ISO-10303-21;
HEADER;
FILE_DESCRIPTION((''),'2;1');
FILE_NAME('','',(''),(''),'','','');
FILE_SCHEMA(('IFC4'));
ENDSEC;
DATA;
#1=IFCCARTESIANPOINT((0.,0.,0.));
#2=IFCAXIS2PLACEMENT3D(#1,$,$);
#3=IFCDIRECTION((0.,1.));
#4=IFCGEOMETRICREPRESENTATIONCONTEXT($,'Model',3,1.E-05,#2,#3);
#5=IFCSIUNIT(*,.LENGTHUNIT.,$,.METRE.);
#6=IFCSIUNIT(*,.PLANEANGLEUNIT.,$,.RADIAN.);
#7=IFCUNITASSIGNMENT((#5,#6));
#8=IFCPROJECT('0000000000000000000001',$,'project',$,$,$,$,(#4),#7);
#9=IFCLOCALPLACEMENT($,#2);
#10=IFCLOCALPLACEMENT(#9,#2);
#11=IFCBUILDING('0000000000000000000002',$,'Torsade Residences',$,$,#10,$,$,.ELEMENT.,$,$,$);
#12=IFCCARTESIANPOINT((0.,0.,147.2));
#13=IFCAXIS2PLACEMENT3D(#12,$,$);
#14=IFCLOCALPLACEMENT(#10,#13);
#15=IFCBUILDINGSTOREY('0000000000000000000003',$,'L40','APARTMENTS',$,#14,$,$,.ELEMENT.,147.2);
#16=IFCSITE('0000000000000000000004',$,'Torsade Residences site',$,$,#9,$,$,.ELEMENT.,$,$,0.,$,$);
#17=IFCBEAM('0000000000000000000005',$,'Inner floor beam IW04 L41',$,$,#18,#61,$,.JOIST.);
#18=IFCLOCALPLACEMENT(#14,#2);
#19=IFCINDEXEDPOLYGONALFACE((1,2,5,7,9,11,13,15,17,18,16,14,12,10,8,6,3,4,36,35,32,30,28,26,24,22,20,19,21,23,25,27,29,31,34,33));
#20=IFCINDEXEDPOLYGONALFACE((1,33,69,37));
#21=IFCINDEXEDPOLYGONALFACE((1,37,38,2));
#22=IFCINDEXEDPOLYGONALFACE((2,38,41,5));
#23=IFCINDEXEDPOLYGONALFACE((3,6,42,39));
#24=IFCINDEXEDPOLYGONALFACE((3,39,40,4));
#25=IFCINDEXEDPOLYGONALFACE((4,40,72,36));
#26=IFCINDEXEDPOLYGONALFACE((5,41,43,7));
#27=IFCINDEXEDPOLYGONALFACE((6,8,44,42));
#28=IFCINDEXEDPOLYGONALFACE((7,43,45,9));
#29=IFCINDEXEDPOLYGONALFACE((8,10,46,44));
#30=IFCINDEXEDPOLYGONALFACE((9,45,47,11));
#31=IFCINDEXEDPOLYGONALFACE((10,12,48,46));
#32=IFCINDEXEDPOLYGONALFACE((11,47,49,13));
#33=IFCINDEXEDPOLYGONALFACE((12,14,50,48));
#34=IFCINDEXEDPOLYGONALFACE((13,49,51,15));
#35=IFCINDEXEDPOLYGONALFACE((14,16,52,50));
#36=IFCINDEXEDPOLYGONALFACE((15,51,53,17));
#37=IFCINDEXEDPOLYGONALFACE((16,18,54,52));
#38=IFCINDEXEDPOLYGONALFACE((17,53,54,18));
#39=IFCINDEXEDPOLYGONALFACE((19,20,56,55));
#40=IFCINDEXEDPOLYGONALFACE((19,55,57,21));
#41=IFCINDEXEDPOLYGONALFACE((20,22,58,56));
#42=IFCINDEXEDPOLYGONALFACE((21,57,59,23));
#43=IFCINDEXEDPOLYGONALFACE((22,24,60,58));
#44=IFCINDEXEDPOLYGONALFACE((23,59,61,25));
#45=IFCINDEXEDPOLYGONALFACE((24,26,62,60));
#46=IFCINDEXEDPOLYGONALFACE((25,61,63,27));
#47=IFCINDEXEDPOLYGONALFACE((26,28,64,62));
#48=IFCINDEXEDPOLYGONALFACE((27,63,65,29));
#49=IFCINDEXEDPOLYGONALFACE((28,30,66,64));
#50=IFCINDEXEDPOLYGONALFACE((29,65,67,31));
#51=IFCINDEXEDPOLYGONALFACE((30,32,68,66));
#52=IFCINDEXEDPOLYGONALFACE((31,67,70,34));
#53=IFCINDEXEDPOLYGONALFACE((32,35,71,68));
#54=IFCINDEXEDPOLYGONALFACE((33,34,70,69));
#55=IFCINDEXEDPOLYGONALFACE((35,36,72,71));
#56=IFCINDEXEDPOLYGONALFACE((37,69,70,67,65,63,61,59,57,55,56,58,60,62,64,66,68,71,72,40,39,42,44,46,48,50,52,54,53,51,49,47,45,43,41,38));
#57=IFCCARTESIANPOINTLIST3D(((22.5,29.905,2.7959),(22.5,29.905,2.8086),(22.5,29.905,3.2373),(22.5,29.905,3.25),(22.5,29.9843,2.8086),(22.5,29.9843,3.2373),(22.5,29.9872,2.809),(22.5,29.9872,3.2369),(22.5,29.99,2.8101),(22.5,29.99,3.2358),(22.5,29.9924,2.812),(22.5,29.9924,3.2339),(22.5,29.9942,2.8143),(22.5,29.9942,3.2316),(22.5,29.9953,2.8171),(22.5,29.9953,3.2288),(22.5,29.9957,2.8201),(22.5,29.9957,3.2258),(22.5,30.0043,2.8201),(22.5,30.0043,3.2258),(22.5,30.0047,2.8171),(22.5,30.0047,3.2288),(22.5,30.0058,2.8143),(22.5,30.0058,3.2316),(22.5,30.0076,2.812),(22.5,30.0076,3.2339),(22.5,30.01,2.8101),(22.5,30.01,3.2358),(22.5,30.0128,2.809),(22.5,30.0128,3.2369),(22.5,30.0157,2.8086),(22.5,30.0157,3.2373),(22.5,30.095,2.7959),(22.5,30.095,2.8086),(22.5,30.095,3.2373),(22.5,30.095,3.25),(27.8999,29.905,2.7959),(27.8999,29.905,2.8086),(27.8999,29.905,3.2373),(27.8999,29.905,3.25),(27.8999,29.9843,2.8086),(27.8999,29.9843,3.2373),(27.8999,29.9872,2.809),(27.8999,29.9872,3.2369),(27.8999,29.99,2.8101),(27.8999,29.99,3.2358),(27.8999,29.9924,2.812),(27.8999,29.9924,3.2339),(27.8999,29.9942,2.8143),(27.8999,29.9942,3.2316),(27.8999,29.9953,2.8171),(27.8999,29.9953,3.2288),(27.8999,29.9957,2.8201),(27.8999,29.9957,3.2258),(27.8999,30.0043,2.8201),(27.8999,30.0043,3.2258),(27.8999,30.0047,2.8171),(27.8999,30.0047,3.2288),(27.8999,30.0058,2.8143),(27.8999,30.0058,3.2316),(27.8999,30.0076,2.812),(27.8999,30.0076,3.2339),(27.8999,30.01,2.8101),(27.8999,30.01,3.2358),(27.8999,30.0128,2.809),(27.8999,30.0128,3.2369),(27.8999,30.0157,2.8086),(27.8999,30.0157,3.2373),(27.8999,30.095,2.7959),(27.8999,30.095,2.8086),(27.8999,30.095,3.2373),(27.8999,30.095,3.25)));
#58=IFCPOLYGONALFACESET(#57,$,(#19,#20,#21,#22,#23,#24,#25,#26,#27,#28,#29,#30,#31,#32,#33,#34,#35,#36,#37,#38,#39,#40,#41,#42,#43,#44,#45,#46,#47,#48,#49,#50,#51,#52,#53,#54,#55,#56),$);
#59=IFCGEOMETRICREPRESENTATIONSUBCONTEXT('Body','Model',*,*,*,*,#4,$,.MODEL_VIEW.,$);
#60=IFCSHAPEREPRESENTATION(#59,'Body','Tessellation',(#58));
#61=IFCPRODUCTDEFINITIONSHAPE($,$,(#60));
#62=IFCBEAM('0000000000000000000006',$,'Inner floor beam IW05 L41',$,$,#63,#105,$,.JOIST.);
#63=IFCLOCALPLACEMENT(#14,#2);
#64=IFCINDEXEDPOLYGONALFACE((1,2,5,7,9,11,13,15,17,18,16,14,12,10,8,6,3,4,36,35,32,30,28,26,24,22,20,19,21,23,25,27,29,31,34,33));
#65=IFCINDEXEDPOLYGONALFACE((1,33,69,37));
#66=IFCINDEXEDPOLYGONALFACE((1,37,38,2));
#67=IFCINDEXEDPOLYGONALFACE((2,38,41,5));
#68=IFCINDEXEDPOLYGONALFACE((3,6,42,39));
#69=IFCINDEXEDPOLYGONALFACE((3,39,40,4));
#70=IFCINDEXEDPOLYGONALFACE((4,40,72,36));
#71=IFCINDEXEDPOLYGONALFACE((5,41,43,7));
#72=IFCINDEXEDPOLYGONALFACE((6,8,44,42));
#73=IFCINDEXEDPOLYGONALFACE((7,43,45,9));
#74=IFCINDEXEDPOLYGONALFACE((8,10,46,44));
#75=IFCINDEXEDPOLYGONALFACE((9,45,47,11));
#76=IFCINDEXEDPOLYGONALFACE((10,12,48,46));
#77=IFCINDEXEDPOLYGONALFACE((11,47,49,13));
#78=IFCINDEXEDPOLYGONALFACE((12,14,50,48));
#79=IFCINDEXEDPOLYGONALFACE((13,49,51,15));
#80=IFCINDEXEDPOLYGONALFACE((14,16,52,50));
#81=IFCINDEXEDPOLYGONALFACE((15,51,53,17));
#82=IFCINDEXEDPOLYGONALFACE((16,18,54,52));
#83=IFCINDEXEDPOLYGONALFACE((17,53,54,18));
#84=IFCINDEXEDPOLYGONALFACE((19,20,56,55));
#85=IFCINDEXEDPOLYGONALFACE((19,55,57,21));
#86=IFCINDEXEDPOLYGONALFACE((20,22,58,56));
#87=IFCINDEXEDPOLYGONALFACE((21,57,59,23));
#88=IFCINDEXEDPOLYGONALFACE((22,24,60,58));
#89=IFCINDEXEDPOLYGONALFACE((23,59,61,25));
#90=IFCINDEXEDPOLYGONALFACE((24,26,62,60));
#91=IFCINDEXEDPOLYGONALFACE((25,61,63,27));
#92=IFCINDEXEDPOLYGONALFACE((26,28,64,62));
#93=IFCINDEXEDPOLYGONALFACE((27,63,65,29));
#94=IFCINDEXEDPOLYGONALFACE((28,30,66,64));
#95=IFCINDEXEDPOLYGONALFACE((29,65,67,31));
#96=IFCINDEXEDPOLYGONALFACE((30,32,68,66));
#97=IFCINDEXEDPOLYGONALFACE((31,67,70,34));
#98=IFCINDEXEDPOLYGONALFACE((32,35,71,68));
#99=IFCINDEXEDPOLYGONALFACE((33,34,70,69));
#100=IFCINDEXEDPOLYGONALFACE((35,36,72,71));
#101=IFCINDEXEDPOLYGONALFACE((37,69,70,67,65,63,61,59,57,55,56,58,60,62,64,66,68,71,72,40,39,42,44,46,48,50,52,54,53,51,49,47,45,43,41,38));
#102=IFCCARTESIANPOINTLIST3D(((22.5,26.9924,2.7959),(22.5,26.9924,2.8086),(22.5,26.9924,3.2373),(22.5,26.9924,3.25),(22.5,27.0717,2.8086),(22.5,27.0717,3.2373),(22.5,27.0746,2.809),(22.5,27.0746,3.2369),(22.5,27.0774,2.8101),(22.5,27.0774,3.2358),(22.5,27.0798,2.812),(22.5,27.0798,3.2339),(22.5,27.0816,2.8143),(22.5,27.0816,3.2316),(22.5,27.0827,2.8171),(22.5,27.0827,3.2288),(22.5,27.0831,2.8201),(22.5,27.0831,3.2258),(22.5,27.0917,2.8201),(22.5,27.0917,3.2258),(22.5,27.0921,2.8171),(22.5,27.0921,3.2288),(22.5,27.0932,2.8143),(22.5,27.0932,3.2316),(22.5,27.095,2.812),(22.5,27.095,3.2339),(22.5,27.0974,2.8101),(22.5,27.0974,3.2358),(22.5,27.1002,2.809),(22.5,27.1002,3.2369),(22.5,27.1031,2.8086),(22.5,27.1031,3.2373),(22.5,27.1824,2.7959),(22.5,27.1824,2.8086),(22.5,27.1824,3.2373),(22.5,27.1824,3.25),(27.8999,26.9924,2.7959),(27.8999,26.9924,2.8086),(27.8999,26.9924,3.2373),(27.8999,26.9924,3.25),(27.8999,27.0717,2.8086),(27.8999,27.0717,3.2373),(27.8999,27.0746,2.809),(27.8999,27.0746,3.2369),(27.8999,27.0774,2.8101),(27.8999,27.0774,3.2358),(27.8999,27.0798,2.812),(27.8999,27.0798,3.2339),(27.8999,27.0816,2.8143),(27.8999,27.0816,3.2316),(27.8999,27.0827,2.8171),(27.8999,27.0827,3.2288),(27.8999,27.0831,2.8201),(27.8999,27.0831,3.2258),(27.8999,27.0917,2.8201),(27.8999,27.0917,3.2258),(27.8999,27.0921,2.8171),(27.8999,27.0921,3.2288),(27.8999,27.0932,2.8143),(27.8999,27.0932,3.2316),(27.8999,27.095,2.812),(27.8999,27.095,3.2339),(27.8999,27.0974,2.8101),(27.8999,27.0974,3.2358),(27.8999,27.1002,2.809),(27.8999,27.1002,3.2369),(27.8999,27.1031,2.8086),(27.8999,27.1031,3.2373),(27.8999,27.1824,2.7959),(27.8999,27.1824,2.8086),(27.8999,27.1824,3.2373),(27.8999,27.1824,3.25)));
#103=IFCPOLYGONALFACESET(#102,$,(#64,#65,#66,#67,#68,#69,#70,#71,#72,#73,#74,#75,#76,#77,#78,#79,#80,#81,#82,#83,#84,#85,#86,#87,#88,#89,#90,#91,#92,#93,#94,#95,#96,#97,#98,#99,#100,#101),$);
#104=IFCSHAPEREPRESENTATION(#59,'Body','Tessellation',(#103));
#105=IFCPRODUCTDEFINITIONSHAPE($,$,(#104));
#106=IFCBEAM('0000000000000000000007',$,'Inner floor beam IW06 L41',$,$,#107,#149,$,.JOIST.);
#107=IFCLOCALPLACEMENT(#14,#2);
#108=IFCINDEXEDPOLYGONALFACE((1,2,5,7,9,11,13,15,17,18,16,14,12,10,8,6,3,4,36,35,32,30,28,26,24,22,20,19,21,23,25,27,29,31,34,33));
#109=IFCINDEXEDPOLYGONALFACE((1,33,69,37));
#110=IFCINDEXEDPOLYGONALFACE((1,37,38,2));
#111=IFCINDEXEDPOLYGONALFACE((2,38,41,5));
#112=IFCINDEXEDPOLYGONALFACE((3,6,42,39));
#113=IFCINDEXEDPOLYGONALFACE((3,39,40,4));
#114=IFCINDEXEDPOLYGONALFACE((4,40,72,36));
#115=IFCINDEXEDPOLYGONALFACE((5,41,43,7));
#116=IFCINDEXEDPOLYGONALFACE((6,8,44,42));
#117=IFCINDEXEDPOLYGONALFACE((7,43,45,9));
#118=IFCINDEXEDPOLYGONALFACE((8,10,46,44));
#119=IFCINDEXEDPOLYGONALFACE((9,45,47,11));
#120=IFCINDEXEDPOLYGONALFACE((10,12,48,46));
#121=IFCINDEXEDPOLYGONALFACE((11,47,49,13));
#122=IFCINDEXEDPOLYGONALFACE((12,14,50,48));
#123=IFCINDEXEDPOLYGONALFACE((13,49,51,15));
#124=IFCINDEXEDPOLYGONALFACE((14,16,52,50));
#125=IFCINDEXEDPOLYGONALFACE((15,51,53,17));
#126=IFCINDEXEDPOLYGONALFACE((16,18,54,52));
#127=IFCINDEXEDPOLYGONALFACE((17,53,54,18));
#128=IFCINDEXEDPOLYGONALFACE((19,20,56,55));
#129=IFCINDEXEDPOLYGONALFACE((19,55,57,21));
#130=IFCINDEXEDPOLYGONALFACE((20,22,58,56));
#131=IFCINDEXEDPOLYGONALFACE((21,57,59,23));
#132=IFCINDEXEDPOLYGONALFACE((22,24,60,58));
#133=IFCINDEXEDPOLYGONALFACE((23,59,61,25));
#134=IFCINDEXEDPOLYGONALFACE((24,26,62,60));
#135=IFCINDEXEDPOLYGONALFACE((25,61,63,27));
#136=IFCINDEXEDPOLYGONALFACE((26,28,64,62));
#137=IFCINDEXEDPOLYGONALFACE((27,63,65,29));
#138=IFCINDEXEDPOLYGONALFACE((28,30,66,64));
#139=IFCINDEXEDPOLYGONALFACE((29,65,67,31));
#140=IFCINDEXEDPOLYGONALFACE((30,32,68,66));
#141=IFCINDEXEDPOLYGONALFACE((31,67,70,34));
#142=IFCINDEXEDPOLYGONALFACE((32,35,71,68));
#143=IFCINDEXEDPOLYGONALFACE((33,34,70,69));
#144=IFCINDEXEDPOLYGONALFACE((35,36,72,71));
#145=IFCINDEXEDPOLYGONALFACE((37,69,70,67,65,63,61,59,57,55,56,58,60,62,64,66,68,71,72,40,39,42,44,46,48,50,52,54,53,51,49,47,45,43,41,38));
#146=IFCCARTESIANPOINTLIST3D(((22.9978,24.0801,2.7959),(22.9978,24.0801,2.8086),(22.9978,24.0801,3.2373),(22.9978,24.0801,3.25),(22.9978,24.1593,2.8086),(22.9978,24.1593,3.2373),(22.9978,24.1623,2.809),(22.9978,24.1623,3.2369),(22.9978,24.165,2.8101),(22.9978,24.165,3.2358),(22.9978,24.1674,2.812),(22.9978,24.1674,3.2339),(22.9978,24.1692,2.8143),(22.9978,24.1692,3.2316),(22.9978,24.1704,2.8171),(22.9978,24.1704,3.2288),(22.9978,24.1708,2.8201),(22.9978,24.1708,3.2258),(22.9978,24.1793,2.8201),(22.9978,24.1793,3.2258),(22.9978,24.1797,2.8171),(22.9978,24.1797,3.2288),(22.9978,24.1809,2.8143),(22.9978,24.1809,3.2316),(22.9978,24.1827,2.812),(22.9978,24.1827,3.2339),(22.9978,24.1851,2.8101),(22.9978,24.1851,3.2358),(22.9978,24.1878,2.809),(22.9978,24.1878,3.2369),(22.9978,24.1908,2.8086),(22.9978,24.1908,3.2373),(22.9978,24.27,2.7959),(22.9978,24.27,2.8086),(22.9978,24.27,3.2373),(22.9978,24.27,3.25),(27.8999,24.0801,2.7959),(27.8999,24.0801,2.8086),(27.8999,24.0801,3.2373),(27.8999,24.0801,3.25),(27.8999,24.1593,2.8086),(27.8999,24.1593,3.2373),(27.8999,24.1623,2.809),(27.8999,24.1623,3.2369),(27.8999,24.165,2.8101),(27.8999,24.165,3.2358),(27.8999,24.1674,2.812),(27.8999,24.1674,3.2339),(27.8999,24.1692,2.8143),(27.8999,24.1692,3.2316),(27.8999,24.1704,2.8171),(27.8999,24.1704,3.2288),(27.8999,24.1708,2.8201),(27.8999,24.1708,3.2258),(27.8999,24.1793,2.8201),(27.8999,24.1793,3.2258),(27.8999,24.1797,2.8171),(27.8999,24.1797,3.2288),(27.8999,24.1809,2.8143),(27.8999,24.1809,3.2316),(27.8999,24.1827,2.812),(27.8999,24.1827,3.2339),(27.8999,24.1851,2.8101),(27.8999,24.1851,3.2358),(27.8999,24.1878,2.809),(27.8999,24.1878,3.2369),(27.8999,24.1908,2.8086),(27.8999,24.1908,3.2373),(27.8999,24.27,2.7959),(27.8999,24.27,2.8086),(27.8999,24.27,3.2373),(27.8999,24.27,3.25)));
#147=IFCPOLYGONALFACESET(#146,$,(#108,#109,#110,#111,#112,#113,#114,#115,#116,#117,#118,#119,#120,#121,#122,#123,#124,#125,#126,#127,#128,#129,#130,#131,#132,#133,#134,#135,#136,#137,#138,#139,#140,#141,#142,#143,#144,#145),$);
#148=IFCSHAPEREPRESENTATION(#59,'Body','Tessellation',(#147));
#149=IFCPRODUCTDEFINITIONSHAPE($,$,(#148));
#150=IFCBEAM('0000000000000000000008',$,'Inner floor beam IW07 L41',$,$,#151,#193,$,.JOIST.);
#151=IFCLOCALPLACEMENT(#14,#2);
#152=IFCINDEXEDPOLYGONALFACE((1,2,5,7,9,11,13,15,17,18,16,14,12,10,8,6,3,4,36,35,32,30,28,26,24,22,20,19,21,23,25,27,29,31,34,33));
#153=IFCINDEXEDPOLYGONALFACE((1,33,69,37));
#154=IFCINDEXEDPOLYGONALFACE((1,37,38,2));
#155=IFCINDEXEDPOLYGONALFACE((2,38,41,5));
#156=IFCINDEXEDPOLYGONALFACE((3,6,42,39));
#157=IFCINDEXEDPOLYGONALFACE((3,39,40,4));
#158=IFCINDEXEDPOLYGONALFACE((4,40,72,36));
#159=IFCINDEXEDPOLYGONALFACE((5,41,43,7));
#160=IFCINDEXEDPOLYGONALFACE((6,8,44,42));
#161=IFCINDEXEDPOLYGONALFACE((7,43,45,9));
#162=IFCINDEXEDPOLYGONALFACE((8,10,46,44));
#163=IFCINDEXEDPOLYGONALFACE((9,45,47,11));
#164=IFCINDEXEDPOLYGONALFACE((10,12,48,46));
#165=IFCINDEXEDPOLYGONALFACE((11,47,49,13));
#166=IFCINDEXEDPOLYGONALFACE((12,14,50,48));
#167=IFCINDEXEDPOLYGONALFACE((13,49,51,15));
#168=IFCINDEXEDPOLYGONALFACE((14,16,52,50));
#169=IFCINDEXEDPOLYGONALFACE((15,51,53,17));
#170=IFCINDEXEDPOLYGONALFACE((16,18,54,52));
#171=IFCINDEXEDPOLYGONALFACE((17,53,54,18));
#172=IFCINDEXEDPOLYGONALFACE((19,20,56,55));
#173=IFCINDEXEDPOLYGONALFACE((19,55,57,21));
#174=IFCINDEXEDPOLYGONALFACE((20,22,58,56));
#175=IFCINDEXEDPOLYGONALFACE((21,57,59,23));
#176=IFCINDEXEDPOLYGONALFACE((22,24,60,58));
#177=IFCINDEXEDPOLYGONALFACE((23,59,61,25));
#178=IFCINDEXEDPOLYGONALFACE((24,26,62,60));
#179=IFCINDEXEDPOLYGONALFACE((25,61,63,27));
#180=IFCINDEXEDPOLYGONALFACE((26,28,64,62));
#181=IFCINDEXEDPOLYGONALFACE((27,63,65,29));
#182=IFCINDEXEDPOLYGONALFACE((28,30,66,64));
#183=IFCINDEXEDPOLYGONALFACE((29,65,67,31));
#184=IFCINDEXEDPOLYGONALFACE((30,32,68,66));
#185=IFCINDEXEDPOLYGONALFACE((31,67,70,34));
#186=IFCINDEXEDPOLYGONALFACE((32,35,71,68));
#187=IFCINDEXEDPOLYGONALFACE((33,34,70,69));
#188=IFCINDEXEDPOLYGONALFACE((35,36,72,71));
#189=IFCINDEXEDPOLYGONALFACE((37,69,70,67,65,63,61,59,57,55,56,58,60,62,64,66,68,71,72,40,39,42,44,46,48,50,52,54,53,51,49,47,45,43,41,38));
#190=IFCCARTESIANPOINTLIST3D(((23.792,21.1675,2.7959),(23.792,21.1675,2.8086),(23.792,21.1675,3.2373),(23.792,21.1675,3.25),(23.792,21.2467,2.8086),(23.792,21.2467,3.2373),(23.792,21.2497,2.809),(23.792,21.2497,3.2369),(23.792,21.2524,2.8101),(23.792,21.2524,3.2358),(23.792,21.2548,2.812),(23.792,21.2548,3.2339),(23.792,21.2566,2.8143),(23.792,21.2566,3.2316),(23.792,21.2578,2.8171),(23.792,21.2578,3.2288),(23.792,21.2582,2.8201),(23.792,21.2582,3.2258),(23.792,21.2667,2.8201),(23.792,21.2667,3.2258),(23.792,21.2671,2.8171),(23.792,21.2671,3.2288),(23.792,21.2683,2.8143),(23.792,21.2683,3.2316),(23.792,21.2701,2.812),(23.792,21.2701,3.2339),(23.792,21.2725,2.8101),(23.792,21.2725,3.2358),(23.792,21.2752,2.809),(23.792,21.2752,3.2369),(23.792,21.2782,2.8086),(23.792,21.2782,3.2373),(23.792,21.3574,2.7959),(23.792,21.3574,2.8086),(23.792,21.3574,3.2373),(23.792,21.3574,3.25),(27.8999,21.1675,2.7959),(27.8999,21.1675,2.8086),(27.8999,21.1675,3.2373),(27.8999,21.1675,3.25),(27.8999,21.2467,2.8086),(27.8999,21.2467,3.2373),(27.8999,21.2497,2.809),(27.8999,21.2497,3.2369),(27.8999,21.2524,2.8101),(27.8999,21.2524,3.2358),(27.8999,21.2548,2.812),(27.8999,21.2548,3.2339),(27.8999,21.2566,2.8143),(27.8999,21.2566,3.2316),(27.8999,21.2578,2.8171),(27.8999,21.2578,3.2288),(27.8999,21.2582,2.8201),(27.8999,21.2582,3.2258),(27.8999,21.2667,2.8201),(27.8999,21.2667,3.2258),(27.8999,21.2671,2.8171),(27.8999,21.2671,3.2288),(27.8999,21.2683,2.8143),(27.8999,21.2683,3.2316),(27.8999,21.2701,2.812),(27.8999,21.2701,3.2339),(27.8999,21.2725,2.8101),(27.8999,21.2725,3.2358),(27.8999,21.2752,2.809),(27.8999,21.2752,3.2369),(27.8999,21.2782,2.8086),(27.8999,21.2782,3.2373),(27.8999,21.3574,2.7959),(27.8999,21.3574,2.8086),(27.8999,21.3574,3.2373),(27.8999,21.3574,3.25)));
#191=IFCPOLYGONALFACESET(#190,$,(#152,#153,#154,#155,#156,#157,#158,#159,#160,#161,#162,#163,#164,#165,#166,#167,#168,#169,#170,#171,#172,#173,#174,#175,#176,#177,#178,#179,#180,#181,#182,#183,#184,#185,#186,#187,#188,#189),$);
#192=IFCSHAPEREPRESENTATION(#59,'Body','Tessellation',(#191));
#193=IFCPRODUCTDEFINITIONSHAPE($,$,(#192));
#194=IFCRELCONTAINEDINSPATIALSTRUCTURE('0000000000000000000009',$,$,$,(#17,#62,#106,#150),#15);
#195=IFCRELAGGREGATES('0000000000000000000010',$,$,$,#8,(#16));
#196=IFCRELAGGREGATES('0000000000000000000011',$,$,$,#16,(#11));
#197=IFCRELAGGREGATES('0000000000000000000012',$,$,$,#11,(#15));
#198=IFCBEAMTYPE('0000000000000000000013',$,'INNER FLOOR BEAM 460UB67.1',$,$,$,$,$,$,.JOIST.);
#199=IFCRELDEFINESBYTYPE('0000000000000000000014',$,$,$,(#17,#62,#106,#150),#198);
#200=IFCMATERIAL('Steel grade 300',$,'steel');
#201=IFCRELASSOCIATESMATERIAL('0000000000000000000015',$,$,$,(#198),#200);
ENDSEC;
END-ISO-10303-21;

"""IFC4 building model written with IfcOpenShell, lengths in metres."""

from ifc_helpers import new_model, si_unit, direction, frame, origin, origin_2d, place, context, subcontext, project, spatial, i_section, extrude, material, material_profile, profile_set, type_object, element, save


model = new_model("IFC4")

# Units and contexts
model_context = context("Model", 3, precision=1e-05, world=origin(), true_north=direction((0.0, 1.0)))
body_context = subcontext(model_context, "Body", "Model", "MODEL_VIEW")
ifc_project = project(units=[si_unit("LENGTHUNIT", "METRE"), si_unit("PLANEANGLEUNIT", "RADIAN")], contexts=[model_context])

# Site, building, storey
site_placement = place(None, origin())
site = spatial("IfcSite", under=ifc_project, at=site_placement, Name="Torsade Residences site", CompositionType="ELEMENT", RefElevation=0.0)
building_placement = place(site_placement, origin())
building = spatial("IfcBuilding", under=site, at=building_placement, Name="Torsade Residences", CompositionType="ELEMENT")
storey_placement = place(building_placement, frame((0.0, 0.0, 147.2)))
storey = spatial("IfcBuildingStorey", under=building, at=storey_placement, Name="L40", Description="APARTMENTS", CompositionType="ELEMENT", Elevation=147.2)

# Beams
ifc_material_1 = material(Name="Steel grade 300", Category="steel")
ifc_material_profile_1 = material_profile(ifc_material_1, i_section(OverallWidth=0.1899, OverallDepth=0.4541, WebThickness=0.0085, FlangeThickness=0.0127, FilletRadius=0.0115, at=origin_2d()), Name="460UB67.1")
ifc_profile_set_1 = profile_set([ifc_material_profile_1], Name="Steel grade 300")
beam_type_1 = type_object("IfcBeamType", Name="INNER FLOOR BEAM 460UB67.1", PredefinedType="JOIST", material=ifc_profile_set_1)
for number, where, z_axis, x_axis, name in (
    (1, (27.8999, 30.0, 3.0229), (-1.0, 0.0, 0.0), (0.0, -1.0, 0.0), "Inner floor beam IW04 L41"),
    (2, (27.8999, 27.0874, 3.0229), (-1.0, 0.0, 0.0), (0.0, -1.0, 0.0), "Inner floor beam IW05 L41"),
):
    element("IfcBeam", number, at=place(storey_placement, frame(where, z_axis=z_axis, x_axis=x_axis)), inside=storey, type_object=beam_type_1, Name=name, PredefinedType="JOIST", context=body_context, shape_type="SweptSolid", body=[
        extrude(i_section(OverallWidth=0.1899, OverallDepth=0.4541, WebThickness=0.0085, FlangeThickness=0.0127, FilletRadius=0.0115, at=origin_2d()), origin(), (0.0, 0.0, 1.0), 5.3999),
    ])
beam_1_placement = place(storey_placement, frame((27.8999, 24.175, 3.0229), z_axis=(-1.0, 0.0, 0.0), x_axis=(0.0, -1.0, 0.0)))
element("IfcBeam", 3, at=beam_1_placement, inside=storey, type_object=beam_type_1, Name="Inner floor beam IW06 L41", PredefinedType="JOIST", context=body_context, shape_type="SweptSolid", body=[
    extrude(i_section(OverallWidth=0.1899, OverallDepth=0.4541, WebThickness=0.0085, FlangeThickness=0.0127, FilletRadius=0.0115, at=origin_2d()), origin(), (0.0, 0.0, 1.0), 4.9021),
])
beam_2_placement = place(storey_placement, frame((27.8999, 21.2625, 3.0229), z_axis=(-1.0, 0.0, 0.0), x_axis=(0.0, -1.0, 0.0)))
element("IfcBeam", 4, at=beam_2_placement, inside=storey, type_object=beam_type_1, Name="Inner floor beam IW07 L41", PredefinedType="JOIST", context=body_context, shape_type="SweptSolid", body=[
    extrude(i_section(OverallWidth=0.1899, OverallDepth=0.4541, WebThickness=0.0085, FlangeThickness=0.0127, FilletRadius=0.0115, at=origin_2d()), origin(), (0.0, 0.0, 1.0), 4.1079),
])

save(model, "model.ifc")
